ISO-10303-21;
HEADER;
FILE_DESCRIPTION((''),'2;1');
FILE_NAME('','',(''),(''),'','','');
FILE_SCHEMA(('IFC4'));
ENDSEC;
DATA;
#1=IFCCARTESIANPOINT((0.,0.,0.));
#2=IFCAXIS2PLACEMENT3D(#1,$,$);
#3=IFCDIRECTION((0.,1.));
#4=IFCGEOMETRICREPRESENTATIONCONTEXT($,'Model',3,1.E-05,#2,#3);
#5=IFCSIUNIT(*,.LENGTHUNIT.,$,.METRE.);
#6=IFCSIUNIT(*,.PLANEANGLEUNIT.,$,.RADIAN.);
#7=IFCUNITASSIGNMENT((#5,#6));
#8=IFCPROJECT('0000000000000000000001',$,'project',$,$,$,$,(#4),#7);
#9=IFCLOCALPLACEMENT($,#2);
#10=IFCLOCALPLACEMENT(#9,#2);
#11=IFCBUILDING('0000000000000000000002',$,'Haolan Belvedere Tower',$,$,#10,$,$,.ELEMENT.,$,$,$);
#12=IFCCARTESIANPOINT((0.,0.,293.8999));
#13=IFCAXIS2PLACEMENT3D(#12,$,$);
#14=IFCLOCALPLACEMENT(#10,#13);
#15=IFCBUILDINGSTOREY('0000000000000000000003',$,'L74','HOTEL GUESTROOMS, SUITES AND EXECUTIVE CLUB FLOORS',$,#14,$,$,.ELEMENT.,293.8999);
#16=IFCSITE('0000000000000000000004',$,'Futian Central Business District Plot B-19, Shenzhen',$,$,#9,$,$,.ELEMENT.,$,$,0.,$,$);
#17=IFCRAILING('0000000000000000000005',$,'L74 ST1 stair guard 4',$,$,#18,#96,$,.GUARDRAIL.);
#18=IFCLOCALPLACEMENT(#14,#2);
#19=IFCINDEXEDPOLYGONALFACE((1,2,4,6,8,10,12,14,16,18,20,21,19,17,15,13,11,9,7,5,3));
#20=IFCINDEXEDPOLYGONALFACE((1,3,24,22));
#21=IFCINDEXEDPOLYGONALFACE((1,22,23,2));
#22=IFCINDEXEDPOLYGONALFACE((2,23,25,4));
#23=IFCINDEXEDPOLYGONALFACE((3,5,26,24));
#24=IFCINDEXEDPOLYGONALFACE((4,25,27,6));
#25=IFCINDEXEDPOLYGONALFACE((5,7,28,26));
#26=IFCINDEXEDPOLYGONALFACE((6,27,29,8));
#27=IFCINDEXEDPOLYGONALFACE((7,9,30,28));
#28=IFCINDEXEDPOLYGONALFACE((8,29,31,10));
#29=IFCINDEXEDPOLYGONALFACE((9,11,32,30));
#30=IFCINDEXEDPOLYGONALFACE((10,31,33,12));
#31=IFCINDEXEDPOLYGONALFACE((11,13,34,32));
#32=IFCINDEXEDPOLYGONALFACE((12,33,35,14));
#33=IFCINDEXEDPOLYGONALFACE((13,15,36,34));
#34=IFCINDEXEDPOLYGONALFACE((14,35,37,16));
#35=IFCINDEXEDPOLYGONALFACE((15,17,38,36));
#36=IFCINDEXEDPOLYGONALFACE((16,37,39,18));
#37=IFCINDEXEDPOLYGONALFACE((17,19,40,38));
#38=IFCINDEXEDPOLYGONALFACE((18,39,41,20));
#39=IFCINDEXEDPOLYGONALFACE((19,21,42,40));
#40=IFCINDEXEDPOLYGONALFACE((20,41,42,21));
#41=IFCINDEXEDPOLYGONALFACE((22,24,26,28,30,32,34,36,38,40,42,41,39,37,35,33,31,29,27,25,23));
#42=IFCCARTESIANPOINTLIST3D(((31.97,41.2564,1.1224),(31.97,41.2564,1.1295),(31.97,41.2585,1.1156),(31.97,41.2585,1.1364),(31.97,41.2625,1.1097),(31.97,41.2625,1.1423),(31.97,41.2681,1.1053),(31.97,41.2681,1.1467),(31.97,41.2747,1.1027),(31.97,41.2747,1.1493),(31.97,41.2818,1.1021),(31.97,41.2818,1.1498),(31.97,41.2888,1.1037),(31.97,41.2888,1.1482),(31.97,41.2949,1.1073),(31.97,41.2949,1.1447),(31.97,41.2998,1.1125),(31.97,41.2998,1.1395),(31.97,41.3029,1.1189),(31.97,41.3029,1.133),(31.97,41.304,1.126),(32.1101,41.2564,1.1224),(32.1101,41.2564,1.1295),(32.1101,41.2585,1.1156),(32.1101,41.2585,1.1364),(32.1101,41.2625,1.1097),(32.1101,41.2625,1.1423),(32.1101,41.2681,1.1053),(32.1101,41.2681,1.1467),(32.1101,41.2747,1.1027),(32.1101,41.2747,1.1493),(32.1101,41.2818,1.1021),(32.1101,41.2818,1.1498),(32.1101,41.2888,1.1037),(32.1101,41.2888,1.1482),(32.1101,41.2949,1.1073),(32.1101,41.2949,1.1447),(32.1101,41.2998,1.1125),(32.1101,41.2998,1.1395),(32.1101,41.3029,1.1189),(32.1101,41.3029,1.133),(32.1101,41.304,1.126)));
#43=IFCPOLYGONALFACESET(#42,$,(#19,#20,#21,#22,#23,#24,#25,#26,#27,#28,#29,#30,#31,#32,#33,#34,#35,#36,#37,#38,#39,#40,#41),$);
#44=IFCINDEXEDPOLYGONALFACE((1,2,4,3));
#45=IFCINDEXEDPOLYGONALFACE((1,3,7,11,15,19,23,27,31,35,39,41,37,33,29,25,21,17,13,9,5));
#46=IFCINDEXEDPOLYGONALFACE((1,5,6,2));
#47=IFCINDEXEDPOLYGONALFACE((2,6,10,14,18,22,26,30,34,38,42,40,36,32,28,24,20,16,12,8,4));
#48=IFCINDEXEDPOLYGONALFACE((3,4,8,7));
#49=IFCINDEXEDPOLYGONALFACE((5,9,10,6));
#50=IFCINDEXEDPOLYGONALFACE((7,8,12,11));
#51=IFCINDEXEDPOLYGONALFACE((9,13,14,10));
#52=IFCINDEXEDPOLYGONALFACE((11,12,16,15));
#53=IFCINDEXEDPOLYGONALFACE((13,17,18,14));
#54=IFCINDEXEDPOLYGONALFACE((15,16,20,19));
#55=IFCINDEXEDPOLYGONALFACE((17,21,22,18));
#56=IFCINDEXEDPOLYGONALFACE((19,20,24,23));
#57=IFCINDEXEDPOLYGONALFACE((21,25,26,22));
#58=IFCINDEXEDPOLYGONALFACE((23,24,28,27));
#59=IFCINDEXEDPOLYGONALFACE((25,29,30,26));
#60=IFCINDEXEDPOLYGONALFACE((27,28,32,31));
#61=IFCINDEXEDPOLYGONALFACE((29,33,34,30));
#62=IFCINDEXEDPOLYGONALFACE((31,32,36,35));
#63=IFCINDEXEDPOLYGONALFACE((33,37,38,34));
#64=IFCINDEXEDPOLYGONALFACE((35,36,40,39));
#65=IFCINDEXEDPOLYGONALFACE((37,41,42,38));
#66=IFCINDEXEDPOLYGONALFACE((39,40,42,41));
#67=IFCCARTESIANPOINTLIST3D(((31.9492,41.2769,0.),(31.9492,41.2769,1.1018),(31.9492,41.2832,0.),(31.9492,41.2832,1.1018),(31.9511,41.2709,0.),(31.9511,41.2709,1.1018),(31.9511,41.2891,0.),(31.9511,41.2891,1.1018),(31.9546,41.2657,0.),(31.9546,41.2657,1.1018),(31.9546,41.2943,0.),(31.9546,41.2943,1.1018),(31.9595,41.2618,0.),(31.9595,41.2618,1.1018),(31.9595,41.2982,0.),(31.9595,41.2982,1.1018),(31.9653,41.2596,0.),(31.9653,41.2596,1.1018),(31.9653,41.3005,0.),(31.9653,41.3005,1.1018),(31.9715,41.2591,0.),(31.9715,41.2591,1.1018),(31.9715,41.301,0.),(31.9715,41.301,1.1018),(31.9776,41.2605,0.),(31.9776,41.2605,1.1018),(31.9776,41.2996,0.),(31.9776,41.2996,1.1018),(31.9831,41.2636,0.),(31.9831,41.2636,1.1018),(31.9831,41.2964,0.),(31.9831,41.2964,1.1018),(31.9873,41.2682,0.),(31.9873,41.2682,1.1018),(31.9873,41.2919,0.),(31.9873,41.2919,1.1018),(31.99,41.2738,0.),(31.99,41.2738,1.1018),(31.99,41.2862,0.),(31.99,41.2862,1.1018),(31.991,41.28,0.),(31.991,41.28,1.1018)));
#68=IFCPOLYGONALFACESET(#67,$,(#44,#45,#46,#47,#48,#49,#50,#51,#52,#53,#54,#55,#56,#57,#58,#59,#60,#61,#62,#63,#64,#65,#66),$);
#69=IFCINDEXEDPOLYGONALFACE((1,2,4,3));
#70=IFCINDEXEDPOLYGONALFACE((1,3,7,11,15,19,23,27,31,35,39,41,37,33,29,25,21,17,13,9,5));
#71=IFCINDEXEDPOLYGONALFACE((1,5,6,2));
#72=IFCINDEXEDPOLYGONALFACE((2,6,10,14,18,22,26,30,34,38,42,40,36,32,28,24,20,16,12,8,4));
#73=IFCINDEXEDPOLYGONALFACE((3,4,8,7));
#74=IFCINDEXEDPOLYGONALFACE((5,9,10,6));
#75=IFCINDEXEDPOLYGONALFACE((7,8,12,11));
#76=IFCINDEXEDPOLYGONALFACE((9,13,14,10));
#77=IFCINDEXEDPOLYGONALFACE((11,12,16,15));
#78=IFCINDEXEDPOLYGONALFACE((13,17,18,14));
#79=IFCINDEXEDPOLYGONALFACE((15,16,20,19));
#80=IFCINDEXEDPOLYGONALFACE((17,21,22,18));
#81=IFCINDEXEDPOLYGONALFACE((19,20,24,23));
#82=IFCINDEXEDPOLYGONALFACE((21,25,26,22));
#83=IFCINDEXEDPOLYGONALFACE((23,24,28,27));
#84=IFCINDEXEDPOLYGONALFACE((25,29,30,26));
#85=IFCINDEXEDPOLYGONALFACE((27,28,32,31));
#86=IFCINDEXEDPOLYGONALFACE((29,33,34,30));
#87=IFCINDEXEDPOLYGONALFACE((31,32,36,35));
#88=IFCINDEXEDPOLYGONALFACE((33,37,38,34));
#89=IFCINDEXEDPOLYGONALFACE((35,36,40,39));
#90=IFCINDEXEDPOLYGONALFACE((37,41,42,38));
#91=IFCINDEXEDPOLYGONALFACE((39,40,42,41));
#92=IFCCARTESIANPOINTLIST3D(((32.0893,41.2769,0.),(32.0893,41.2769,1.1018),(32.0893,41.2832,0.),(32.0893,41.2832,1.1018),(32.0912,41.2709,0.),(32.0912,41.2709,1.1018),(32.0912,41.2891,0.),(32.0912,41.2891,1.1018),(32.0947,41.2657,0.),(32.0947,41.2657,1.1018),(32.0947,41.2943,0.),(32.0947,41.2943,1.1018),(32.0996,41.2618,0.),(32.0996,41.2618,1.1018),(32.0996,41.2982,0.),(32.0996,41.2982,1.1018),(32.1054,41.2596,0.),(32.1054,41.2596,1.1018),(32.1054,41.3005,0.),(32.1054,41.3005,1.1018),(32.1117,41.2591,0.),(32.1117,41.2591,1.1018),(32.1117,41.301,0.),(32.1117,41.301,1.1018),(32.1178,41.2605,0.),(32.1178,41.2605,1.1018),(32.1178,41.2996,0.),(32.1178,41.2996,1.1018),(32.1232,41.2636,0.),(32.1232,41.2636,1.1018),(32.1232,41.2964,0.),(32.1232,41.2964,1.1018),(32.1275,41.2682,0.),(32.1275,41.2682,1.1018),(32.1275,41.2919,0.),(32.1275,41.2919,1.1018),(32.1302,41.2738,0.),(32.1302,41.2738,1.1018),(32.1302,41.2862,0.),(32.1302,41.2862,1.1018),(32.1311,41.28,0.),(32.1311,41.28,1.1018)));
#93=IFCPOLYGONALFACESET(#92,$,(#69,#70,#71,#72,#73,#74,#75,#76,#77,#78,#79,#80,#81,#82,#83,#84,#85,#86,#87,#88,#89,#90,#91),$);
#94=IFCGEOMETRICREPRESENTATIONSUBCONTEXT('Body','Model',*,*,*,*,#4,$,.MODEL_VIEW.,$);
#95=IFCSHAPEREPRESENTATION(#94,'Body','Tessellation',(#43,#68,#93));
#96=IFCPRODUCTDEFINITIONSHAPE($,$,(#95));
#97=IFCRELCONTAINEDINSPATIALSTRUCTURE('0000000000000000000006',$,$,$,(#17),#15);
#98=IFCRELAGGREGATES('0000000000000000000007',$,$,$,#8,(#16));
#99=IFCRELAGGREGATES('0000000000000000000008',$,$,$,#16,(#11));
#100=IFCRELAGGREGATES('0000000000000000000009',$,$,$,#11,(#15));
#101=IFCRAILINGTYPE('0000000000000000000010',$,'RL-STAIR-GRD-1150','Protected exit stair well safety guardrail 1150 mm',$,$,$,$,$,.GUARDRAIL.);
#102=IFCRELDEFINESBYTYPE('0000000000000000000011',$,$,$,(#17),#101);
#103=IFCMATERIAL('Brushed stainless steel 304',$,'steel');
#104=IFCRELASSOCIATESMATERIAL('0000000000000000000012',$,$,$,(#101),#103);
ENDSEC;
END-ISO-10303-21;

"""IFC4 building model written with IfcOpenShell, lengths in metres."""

from ifc_helpers import new_model, si_unit, direction, frame, origin, origin_2d, place, context, subcontext, project, spatial, circle, extrude, material, type_object, element, save


model = new_model("IFC4")

# Units and contexts
model_context = context("Model", 3, precision=1e-05, world=origin(), true_north=direction((0.0, 1.0)))
body_context = subcontext(model_context, "Body", "Model", "MODEL_VIEW")
ifc_project = project(units=[si_unit("LENGTHUNIT", "METRE"), si_unit("PLANEANGLEUNIT", "RADIAN")], contexts=[model_context])

# Site, building, storey
site_placement = place(None, origin())
site = spatial("IfcSite", under=ifc_project, at=site_placement, Name="Futian Central Business District Plot B-19, Shenzhen", CompositionType="ELEMENT", RefElevation=0.0)
building_placement = place(site_placement, origin())
building = spatial("IfcBuilding", under=site, at=building_placement, Name="Haolan Belvedere Tower", CompositionType="ELEMENT")
storey_placement = place(building_placement, frame((0.0, 0.0, 293.8999)))
storey = spatial("IfcBuildingStorey", under=building, at=storey_placement, Name="L74", Description="HOTEL GUESTROOMS, SUITES AND EXECUTIVE CLUB FLOORS", CompositionType="ELEMENT", Elevation=293.8999)

# Railing
ifc_material_1 = material(Name="Brushed stainless steel 304", Category="steel")
railing_type_1 = type_object("IfcRailingType", Name="RL-STAIR-GRD-1150", Description="Protected exit stair well safety guardrail 1150 mm", PredefinedType="GUARDRAIL", material=ifc_material_1)
railing_1_placement = place(storey_placement, frame((31.97, 41.28, 0.0)))
element("IfcRailing", 1, at=railing_1_placement, inside=storey, type_object=railing_type_1, Name="L74 ST1 stair guard 4", PredefinedType="GUARDRAIL", context=body_context, shape_type="SweptSolid", body=[
    extrude(circle(Radius=0.0239, at=origin_2d()), frame((0.0, 0.0, 1.126), z_axis=(1.0, 0.0, 0.0), x_axis=(0.0, 1.0, 0.0)), (0.0, 0.0, 1.0), 0.1401),
    extrude(circle(Radius=0.021, at=origin_2d()), origin(), (0.0, 0.0, 1.0), 1.1018),
    extrude(circle(Radius=0.021, at=origin_2d()), frame((0.1401, 0.0, 0.0)), (0.0, 0.0, 1.0), 1.1018),
])

save(model, "model.ifc")
